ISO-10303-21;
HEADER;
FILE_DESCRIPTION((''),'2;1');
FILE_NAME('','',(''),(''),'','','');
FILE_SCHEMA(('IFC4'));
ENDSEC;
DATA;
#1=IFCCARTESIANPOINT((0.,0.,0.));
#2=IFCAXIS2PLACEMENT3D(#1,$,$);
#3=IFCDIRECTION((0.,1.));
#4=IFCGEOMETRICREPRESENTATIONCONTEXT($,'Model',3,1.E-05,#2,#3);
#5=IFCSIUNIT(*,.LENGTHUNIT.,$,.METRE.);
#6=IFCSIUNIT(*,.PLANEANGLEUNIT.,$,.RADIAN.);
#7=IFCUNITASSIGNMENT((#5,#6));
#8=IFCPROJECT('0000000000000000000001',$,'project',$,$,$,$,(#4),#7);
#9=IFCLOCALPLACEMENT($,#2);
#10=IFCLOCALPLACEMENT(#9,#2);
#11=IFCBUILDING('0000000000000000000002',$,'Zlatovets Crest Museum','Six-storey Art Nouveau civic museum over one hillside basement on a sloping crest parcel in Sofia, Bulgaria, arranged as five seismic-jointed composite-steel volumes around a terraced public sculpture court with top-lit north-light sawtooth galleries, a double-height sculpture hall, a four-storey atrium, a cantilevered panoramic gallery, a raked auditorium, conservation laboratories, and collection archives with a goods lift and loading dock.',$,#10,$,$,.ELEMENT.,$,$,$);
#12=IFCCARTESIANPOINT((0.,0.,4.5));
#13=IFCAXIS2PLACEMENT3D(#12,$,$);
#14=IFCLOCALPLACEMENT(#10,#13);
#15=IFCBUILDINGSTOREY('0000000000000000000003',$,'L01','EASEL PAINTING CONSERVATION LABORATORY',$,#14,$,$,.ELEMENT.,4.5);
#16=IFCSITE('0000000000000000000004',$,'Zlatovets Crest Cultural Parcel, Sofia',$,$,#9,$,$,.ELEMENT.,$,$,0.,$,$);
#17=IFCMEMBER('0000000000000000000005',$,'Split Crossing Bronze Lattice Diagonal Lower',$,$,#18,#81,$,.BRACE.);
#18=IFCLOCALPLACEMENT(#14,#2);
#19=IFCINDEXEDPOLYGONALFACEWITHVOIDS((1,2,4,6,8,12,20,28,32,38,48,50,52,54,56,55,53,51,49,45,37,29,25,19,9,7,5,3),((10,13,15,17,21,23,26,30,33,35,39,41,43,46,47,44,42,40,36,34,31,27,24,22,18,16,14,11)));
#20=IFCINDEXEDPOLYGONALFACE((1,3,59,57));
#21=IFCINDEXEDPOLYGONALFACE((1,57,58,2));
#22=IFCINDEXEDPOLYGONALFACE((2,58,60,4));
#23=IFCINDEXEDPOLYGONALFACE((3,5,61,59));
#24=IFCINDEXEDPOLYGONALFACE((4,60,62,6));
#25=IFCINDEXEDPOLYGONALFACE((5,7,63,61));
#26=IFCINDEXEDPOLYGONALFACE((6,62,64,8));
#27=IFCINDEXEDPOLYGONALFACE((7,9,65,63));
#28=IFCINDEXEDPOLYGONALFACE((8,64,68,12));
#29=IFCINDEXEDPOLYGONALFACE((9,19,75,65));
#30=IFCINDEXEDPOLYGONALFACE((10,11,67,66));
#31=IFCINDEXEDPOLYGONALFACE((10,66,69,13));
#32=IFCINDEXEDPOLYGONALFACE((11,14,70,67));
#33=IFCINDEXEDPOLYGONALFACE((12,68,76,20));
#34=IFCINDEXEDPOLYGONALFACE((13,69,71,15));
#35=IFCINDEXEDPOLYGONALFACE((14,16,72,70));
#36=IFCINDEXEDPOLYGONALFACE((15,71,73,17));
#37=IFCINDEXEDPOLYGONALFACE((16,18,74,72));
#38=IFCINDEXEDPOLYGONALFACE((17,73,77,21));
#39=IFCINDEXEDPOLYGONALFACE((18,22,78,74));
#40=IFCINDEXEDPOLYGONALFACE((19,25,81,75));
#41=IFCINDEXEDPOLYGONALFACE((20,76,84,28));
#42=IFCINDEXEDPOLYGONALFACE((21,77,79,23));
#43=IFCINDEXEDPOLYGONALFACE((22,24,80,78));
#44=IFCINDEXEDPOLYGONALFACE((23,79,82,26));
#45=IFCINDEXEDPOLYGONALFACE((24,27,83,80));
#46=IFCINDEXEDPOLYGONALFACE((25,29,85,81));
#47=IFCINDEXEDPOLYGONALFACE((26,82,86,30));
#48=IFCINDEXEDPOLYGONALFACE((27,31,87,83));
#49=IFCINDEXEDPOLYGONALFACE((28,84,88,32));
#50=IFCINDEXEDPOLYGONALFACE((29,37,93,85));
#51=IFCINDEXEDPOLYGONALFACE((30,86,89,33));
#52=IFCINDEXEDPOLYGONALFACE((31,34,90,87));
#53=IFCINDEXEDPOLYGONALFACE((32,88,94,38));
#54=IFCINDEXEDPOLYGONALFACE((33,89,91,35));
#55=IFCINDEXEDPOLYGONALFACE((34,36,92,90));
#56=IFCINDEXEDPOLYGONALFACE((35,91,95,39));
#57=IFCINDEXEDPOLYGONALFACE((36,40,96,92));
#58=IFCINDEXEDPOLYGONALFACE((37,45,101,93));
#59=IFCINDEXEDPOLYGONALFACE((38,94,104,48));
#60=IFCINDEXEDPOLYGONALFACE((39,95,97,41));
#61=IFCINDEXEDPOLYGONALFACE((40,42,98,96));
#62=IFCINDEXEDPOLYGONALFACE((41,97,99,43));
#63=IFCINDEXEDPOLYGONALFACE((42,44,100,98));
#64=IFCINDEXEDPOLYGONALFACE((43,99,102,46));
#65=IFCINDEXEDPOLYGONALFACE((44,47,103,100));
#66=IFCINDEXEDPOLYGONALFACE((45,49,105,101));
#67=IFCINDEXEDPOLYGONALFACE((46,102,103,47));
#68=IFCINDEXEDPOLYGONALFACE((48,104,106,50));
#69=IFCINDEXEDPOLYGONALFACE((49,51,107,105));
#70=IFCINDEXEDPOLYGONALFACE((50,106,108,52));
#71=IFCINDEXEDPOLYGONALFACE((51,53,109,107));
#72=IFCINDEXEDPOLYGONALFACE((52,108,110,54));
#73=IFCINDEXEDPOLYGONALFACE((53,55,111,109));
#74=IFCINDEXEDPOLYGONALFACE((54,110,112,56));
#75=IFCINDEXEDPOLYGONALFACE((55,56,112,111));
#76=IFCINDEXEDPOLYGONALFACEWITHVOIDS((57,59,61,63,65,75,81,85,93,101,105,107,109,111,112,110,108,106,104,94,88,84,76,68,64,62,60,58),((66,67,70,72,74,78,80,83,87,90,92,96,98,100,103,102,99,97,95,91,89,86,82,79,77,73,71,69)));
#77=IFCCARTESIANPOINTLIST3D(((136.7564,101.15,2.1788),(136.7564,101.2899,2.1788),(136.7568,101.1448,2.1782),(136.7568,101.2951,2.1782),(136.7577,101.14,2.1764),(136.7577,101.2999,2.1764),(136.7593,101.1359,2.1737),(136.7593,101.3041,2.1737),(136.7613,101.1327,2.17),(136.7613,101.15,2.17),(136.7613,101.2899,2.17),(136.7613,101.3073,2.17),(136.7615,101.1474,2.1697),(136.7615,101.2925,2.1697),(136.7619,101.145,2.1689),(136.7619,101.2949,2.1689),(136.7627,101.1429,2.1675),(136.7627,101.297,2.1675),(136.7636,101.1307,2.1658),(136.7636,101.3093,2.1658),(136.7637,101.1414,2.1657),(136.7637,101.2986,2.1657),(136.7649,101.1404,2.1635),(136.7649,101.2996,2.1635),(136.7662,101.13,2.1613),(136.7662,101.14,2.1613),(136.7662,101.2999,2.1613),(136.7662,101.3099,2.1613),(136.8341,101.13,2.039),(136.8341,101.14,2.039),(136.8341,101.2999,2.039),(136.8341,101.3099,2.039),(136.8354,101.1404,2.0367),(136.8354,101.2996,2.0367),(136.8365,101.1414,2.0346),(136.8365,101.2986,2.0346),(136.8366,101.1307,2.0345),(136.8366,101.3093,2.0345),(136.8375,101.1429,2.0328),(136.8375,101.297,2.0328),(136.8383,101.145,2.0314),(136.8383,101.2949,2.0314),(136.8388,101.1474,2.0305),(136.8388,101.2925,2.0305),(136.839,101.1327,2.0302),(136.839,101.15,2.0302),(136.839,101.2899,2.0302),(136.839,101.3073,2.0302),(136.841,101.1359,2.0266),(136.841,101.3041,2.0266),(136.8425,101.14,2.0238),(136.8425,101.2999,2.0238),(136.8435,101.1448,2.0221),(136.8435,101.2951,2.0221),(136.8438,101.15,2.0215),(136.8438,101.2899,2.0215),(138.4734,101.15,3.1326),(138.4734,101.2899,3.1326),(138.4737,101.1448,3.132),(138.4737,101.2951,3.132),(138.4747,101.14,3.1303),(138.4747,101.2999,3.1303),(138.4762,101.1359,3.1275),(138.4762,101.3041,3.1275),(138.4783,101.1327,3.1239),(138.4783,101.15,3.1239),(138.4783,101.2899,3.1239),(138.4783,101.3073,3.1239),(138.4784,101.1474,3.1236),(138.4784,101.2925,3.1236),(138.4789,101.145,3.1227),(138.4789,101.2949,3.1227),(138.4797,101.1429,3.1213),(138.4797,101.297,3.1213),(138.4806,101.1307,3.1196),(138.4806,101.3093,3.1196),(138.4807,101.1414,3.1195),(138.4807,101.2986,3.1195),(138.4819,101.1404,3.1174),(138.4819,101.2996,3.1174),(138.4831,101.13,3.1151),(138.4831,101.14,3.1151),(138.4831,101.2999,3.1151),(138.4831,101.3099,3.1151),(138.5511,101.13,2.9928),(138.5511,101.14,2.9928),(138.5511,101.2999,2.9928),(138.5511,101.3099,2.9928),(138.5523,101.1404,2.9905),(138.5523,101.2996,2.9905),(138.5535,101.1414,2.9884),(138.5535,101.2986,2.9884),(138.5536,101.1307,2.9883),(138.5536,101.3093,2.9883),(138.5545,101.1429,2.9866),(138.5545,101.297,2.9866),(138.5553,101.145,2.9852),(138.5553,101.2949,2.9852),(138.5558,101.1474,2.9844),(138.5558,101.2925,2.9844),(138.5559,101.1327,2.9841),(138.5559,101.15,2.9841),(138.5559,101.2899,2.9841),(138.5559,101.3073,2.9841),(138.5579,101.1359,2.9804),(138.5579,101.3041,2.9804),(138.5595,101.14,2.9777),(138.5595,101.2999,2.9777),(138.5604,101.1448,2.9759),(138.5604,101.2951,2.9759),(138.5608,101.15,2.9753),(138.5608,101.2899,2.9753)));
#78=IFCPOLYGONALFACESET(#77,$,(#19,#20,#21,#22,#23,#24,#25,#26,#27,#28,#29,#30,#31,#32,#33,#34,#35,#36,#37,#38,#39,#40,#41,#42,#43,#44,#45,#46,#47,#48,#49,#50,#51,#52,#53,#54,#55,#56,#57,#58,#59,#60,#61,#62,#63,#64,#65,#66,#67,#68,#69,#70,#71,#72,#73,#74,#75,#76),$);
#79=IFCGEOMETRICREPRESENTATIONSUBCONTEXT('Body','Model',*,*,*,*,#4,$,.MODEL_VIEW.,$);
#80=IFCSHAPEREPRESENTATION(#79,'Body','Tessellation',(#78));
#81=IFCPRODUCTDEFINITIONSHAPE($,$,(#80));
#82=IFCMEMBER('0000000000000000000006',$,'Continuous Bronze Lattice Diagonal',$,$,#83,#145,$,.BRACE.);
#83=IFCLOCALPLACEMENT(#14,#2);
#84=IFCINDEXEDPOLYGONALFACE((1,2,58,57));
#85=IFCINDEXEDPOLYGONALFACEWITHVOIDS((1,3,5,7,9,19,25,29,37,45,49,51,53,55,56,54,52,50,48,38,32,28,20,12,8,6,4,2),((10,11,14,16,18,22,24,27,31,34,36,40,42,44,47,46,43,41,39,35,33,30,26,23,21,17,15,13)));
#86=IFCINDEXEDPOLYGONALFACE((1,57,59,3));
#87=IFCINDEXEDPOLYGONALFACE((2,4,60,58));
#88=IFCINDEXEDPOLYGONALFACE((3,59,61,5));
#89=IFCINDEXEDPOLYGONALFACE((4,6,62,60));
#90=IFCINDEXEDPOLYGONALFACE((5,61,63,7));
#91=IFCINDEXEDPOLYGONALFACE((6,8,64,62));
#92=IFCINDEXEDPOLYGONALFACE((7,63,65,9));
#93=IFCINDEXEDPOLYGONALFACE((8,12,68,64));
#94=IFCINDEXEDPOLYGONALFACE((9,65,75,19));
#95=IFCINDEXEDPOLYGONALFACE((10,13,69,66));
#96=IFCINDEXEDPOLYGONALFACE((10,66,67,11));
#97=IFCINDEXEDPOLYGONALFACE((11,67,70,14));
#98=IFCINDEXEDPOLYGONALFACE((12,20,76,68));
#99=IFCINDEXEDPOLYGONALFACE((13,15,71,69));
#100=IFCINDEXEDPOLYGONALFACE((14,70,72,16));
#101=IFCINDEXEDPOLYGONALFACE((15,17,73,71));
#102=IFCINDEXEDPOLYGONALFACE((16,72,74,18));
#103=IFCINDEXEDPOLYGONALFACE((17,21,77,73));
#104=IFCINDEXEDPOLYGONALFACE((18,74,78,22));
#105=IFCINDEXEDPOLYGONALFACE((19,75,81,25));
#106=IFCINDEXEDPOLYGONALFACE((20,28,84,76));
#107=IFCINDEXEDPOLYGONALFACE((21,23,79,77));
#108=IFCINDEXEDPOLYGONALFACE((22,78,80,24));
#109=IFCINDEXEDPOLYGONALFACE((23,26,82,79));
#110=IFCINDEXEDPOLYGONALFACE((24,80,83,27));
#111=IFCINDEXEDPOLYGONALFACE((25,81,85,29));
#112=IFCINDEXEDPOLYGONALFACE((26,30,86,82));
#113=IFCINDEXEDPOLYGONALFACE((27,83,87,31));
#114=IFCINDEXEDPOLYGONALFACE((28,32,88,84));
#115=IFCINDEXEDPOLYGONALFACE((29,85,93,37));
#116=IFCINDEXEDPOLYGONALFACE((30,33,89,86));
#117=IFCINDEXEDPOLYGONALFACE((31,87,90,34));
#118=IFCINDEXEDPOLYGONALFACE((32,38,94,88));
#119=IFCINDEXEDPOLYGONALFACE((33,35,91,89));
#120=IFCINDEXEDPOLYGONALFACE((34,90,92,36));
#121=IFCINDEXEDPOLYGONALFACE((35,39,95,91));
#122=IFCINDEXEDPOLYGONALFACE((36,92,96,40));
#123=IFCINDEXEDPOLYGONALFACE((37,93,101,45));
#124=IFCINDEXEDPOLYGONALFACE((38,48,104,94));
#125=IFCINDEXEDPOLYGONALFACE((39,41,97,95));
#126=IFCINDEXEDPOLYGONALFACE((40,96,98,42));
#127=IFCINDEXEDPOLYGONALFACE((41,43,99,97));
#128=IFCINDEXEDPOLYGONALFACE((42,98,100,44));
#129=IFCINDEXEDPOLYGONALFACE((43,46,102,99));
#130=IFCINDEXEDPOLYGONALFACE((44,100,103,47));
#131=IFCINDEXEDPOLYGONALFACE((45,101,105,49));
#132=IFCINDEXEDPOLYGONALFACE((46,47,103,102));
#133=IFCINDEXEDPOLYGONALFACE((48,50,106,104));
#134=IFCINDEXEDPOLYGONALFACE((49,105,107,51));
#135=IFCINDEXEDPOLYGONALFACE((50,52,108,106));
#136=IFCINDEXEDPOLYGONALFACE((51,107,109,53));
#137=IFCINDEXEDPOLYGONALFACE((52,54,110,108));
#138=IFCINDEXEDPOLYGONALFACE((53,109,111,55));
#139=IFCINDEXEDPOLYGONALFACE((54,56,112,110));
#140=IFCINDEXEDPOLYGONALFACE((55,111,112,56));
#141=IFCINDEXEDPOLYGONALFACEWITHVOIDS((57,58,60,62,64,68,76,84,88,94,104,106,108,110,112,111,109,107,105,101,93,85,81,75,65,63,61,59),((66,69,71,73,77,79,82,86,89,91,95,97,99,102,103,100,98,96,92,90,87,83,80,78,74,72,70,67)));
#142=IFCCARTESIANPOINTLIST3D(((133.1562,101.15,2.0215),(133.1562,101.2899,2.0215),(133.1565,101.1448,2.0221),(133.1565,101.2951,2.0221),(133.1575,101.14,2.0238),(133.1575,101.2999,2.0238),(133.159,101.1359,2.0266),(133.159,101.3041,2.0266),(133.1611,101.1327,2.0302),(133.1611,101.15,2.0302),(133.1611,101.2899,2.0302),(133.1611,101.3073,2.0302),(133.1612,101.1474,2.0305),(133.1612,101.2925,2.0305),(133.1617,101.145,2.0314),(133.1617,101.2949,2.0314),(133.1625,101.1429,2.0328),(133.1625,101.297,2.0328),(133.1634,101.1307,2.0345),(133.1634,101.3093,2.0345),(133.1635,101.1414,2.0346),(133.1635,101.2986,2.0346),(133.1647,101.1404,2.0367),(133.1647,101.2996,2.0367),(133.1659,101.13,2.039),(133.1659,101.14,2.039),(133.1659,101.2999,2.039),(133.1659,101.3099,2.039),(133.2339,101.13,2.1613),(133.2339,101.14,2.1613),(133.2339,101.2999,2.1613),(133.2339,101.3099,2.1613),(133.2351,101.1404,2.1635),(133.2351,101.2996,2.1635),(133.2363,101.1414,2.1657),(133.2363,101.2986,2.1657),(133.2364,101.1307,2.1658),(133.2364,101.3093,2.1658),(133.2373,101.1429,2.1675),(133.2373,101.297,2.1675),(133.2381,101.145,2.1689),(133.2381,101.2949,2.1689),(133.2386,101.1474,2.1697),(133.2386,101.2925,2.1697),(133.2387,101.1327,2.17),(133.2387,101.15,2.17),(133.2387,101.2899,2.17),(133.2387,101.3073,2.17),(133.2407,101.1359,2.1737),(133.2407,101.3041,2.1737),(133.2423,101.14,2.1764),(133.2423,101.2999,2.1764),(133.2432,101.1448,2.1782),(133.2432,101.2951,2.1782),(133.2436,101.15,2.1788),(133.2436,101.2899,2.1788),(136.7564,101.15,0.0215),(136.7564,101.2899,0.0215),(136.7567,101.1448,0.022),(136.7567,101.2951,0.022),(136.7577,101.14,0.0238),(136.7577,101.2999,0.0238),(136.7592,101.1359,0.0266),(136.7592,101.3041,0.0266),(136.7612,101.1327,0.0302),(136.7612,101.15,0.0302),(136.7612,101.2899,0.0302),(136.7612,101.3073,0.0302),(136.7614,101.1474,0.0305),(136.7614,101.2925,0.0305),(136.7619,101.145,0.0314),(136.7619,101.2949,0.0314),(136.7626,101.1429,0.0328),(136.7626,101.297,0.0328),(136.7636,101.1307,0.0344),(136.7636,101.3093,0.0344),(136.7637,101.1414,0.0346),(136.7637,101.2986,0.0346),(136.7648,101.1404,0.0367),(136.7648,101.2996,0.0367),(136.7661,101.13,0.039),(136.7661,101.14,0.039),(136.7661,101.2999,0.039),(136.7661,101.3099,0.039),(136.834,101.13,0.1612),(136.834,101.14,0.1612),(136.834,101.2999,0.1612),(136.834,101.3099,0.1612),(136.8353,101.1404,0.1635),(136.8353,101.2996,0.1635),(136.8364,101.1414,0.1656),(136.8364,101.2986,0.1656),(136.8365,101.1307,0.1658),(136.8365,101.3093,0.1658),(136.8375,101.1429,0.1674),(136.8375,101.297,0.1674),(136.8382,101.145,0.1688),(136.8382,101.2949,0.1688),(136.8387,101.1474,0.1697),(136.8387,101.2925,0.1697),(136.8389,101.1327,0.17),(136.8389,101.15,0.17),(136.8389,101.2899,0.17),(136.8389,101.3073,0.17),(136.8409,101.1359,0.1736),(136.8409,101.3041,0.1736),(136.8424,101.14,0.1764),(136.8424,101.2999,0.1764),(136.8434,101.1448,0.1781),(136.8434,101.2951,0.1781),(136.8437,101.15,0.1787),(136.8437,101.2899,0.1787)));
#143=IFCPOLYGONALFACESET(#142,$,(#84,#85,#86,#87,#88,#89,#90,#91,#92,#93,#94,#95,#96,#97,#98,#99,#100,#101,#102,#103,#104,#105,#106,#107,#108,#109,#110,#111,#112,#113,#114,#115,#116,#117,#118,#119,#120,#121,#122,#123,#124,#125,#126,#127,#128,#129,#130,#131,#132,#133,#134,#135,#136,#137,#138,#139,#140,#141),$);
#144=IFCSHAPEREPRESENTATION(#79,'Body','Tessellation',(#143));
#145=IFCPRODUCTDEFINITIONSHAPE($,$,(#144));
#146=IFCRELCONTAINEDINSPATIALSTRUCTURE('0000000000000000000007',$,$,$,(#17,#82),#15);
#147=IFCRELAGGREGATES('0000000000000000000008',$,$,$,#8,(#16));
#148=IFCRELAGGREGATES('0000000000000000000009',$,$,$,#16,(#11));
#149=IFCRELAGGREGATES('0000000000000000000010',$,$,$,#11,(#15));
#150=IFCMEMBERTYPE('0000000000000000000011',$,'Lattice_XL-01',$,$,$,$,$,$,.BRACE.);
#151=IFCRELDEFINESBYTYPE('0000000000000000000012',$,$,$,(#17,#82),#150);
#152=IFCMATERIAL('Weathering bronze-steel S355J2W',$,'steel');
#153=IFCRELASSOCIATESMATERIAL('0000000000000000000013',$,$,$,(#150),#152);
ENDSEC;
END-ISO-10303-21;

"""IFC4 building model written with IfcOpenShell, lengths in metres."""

from ifc_helpers import new_model, si_unit, direction, frame, origin, origin_2d, place, context, subcontext, project, spatial, hollow_rectangle, extrude, material, material_profile, profile_set, type_object, element, save


model = new_model("IFC4")

# Units and contexts
model_context = context("Model", 3, precision=1e-05, world=origin(), true_north=direction((0.0, 1.0)))
body_context = subcontext(model_context, "Body", "Model", "MODEL_VIEW")
ifc_project = project(units=[si_unit("LENGTHUNIT", "METRE"), si_unit("PLANEANGLEUNIT", "RADIAN")], contexts=[model_context])

# Site, building, storey
site_placement = place(None, origin())
site = spatial("IfcSite", under=ifc_project, at=site_placement, Name="Zlatovets Crest Cultural Parcel, Sofia", CompositionType="ELEMENT", RefElevation=0.0)
building_placement = place(site_placement, origin())
building = spatial("IfcBuilding", under=site, at=building_placement, Name="Zlatovets Crest Museum", Description="Six-storey Art Nouveau civic museum over one hillside basement on a sloping crest parcel in Sofia, Bulgaria, arranged as five seismic-jointed composite-steel volumes around a terraced public sculpture court with top-lit north-light sawtooth galleries, a double-height sculpture hall, a four-storey atrium, a cantilevered panoramic gallery, a raked auditorium, conservation laboratories, and collection archives with a goods lift and loading dock.", CompositionType="ELEMENT")
storey_placement = place(building_placement, frame((0.0, 0.0, 4.5)))
storey = spatial("IfcBuildingStorey", under=building, at=storey_placement, Name="L01", Description="EASEL PAINTING CONSERVATION LABORATORY", CompositionType="ELEMENT", Elevation=4.5)

# Members
ifc_material_1 = material(Name="Weathering bronze-steel S355J2W", Category="steel")
ifc_material_profile_1 = material_profile(ifc_material_1, hollow_rectangle(XDim=0.1799, YDim=0.1799, WallThickness=0.01, InnerFilletRadius=0.01, OuterFilletRadius=0.02, at=origin_2d()), Name="SHS 180x180x10.0")
ifc_profile_set_1 = profile_set([ifc_material_profile_1], Name="Weathering bronze-steel S355J2W")
member_type_1 = type_object("IfcMemberType", Name="Lattice_XL-01", PredefinedType="BRACE", material=ifc_profile_set_1)
for number, where, z_axis, x_axis, name in (
    (1, (138.5171, 101.22, 3.054), (-0.874169, 0.0, -0.485622), (0.0, -1.0, 0.0), "Split Crossing Bronze Lattice Diagonal Lower"),
):
    element("IfcMember", number, at=place(storey_placement, frame(where, z_axis=z_axis, x_axis=x_axis)), inside=storey, type_object=member_type_1, Name=name, PredefinedType="BRACE", context=body_context, shape_type="SweptSolid", body=[
        extrude(hollow_rectangle(XDim=0.1799, YDim=0.1799, WallThickness=0.01, InnerFilletRadius=0.01, OuterFilletRadius=0.02, at=origin_2d()), origin(), (0.0, 0.0, 1.0), 1.9641),
    ])
member_1_placement = place(storey_placement, frame((136.8, 101.22, 0.1001), z_axis=(-0.874163, 0.0, 0.485633), x_axis=(0.0, -1.0, 0.0)))
element("IfcMember", 2, at=member_1_placement, inside=storey, type_object=member_type_1, Name="Continuous Bronze Lattice Diagonal", PredefinedType="BRACE", context=body_context, shape_type="SweptSolid", body=[
    extrude(hollow_rectangle(XDim=0.1799, YDim=0.1799, WallThickness=0.01, InnerFilletRadius=0.01, OuterFilletRadius=0.02, at=origin_2d()), origin(), (0.0, 0.0, 1.0), 4.1184),
])

save(model, "model.ifc")
